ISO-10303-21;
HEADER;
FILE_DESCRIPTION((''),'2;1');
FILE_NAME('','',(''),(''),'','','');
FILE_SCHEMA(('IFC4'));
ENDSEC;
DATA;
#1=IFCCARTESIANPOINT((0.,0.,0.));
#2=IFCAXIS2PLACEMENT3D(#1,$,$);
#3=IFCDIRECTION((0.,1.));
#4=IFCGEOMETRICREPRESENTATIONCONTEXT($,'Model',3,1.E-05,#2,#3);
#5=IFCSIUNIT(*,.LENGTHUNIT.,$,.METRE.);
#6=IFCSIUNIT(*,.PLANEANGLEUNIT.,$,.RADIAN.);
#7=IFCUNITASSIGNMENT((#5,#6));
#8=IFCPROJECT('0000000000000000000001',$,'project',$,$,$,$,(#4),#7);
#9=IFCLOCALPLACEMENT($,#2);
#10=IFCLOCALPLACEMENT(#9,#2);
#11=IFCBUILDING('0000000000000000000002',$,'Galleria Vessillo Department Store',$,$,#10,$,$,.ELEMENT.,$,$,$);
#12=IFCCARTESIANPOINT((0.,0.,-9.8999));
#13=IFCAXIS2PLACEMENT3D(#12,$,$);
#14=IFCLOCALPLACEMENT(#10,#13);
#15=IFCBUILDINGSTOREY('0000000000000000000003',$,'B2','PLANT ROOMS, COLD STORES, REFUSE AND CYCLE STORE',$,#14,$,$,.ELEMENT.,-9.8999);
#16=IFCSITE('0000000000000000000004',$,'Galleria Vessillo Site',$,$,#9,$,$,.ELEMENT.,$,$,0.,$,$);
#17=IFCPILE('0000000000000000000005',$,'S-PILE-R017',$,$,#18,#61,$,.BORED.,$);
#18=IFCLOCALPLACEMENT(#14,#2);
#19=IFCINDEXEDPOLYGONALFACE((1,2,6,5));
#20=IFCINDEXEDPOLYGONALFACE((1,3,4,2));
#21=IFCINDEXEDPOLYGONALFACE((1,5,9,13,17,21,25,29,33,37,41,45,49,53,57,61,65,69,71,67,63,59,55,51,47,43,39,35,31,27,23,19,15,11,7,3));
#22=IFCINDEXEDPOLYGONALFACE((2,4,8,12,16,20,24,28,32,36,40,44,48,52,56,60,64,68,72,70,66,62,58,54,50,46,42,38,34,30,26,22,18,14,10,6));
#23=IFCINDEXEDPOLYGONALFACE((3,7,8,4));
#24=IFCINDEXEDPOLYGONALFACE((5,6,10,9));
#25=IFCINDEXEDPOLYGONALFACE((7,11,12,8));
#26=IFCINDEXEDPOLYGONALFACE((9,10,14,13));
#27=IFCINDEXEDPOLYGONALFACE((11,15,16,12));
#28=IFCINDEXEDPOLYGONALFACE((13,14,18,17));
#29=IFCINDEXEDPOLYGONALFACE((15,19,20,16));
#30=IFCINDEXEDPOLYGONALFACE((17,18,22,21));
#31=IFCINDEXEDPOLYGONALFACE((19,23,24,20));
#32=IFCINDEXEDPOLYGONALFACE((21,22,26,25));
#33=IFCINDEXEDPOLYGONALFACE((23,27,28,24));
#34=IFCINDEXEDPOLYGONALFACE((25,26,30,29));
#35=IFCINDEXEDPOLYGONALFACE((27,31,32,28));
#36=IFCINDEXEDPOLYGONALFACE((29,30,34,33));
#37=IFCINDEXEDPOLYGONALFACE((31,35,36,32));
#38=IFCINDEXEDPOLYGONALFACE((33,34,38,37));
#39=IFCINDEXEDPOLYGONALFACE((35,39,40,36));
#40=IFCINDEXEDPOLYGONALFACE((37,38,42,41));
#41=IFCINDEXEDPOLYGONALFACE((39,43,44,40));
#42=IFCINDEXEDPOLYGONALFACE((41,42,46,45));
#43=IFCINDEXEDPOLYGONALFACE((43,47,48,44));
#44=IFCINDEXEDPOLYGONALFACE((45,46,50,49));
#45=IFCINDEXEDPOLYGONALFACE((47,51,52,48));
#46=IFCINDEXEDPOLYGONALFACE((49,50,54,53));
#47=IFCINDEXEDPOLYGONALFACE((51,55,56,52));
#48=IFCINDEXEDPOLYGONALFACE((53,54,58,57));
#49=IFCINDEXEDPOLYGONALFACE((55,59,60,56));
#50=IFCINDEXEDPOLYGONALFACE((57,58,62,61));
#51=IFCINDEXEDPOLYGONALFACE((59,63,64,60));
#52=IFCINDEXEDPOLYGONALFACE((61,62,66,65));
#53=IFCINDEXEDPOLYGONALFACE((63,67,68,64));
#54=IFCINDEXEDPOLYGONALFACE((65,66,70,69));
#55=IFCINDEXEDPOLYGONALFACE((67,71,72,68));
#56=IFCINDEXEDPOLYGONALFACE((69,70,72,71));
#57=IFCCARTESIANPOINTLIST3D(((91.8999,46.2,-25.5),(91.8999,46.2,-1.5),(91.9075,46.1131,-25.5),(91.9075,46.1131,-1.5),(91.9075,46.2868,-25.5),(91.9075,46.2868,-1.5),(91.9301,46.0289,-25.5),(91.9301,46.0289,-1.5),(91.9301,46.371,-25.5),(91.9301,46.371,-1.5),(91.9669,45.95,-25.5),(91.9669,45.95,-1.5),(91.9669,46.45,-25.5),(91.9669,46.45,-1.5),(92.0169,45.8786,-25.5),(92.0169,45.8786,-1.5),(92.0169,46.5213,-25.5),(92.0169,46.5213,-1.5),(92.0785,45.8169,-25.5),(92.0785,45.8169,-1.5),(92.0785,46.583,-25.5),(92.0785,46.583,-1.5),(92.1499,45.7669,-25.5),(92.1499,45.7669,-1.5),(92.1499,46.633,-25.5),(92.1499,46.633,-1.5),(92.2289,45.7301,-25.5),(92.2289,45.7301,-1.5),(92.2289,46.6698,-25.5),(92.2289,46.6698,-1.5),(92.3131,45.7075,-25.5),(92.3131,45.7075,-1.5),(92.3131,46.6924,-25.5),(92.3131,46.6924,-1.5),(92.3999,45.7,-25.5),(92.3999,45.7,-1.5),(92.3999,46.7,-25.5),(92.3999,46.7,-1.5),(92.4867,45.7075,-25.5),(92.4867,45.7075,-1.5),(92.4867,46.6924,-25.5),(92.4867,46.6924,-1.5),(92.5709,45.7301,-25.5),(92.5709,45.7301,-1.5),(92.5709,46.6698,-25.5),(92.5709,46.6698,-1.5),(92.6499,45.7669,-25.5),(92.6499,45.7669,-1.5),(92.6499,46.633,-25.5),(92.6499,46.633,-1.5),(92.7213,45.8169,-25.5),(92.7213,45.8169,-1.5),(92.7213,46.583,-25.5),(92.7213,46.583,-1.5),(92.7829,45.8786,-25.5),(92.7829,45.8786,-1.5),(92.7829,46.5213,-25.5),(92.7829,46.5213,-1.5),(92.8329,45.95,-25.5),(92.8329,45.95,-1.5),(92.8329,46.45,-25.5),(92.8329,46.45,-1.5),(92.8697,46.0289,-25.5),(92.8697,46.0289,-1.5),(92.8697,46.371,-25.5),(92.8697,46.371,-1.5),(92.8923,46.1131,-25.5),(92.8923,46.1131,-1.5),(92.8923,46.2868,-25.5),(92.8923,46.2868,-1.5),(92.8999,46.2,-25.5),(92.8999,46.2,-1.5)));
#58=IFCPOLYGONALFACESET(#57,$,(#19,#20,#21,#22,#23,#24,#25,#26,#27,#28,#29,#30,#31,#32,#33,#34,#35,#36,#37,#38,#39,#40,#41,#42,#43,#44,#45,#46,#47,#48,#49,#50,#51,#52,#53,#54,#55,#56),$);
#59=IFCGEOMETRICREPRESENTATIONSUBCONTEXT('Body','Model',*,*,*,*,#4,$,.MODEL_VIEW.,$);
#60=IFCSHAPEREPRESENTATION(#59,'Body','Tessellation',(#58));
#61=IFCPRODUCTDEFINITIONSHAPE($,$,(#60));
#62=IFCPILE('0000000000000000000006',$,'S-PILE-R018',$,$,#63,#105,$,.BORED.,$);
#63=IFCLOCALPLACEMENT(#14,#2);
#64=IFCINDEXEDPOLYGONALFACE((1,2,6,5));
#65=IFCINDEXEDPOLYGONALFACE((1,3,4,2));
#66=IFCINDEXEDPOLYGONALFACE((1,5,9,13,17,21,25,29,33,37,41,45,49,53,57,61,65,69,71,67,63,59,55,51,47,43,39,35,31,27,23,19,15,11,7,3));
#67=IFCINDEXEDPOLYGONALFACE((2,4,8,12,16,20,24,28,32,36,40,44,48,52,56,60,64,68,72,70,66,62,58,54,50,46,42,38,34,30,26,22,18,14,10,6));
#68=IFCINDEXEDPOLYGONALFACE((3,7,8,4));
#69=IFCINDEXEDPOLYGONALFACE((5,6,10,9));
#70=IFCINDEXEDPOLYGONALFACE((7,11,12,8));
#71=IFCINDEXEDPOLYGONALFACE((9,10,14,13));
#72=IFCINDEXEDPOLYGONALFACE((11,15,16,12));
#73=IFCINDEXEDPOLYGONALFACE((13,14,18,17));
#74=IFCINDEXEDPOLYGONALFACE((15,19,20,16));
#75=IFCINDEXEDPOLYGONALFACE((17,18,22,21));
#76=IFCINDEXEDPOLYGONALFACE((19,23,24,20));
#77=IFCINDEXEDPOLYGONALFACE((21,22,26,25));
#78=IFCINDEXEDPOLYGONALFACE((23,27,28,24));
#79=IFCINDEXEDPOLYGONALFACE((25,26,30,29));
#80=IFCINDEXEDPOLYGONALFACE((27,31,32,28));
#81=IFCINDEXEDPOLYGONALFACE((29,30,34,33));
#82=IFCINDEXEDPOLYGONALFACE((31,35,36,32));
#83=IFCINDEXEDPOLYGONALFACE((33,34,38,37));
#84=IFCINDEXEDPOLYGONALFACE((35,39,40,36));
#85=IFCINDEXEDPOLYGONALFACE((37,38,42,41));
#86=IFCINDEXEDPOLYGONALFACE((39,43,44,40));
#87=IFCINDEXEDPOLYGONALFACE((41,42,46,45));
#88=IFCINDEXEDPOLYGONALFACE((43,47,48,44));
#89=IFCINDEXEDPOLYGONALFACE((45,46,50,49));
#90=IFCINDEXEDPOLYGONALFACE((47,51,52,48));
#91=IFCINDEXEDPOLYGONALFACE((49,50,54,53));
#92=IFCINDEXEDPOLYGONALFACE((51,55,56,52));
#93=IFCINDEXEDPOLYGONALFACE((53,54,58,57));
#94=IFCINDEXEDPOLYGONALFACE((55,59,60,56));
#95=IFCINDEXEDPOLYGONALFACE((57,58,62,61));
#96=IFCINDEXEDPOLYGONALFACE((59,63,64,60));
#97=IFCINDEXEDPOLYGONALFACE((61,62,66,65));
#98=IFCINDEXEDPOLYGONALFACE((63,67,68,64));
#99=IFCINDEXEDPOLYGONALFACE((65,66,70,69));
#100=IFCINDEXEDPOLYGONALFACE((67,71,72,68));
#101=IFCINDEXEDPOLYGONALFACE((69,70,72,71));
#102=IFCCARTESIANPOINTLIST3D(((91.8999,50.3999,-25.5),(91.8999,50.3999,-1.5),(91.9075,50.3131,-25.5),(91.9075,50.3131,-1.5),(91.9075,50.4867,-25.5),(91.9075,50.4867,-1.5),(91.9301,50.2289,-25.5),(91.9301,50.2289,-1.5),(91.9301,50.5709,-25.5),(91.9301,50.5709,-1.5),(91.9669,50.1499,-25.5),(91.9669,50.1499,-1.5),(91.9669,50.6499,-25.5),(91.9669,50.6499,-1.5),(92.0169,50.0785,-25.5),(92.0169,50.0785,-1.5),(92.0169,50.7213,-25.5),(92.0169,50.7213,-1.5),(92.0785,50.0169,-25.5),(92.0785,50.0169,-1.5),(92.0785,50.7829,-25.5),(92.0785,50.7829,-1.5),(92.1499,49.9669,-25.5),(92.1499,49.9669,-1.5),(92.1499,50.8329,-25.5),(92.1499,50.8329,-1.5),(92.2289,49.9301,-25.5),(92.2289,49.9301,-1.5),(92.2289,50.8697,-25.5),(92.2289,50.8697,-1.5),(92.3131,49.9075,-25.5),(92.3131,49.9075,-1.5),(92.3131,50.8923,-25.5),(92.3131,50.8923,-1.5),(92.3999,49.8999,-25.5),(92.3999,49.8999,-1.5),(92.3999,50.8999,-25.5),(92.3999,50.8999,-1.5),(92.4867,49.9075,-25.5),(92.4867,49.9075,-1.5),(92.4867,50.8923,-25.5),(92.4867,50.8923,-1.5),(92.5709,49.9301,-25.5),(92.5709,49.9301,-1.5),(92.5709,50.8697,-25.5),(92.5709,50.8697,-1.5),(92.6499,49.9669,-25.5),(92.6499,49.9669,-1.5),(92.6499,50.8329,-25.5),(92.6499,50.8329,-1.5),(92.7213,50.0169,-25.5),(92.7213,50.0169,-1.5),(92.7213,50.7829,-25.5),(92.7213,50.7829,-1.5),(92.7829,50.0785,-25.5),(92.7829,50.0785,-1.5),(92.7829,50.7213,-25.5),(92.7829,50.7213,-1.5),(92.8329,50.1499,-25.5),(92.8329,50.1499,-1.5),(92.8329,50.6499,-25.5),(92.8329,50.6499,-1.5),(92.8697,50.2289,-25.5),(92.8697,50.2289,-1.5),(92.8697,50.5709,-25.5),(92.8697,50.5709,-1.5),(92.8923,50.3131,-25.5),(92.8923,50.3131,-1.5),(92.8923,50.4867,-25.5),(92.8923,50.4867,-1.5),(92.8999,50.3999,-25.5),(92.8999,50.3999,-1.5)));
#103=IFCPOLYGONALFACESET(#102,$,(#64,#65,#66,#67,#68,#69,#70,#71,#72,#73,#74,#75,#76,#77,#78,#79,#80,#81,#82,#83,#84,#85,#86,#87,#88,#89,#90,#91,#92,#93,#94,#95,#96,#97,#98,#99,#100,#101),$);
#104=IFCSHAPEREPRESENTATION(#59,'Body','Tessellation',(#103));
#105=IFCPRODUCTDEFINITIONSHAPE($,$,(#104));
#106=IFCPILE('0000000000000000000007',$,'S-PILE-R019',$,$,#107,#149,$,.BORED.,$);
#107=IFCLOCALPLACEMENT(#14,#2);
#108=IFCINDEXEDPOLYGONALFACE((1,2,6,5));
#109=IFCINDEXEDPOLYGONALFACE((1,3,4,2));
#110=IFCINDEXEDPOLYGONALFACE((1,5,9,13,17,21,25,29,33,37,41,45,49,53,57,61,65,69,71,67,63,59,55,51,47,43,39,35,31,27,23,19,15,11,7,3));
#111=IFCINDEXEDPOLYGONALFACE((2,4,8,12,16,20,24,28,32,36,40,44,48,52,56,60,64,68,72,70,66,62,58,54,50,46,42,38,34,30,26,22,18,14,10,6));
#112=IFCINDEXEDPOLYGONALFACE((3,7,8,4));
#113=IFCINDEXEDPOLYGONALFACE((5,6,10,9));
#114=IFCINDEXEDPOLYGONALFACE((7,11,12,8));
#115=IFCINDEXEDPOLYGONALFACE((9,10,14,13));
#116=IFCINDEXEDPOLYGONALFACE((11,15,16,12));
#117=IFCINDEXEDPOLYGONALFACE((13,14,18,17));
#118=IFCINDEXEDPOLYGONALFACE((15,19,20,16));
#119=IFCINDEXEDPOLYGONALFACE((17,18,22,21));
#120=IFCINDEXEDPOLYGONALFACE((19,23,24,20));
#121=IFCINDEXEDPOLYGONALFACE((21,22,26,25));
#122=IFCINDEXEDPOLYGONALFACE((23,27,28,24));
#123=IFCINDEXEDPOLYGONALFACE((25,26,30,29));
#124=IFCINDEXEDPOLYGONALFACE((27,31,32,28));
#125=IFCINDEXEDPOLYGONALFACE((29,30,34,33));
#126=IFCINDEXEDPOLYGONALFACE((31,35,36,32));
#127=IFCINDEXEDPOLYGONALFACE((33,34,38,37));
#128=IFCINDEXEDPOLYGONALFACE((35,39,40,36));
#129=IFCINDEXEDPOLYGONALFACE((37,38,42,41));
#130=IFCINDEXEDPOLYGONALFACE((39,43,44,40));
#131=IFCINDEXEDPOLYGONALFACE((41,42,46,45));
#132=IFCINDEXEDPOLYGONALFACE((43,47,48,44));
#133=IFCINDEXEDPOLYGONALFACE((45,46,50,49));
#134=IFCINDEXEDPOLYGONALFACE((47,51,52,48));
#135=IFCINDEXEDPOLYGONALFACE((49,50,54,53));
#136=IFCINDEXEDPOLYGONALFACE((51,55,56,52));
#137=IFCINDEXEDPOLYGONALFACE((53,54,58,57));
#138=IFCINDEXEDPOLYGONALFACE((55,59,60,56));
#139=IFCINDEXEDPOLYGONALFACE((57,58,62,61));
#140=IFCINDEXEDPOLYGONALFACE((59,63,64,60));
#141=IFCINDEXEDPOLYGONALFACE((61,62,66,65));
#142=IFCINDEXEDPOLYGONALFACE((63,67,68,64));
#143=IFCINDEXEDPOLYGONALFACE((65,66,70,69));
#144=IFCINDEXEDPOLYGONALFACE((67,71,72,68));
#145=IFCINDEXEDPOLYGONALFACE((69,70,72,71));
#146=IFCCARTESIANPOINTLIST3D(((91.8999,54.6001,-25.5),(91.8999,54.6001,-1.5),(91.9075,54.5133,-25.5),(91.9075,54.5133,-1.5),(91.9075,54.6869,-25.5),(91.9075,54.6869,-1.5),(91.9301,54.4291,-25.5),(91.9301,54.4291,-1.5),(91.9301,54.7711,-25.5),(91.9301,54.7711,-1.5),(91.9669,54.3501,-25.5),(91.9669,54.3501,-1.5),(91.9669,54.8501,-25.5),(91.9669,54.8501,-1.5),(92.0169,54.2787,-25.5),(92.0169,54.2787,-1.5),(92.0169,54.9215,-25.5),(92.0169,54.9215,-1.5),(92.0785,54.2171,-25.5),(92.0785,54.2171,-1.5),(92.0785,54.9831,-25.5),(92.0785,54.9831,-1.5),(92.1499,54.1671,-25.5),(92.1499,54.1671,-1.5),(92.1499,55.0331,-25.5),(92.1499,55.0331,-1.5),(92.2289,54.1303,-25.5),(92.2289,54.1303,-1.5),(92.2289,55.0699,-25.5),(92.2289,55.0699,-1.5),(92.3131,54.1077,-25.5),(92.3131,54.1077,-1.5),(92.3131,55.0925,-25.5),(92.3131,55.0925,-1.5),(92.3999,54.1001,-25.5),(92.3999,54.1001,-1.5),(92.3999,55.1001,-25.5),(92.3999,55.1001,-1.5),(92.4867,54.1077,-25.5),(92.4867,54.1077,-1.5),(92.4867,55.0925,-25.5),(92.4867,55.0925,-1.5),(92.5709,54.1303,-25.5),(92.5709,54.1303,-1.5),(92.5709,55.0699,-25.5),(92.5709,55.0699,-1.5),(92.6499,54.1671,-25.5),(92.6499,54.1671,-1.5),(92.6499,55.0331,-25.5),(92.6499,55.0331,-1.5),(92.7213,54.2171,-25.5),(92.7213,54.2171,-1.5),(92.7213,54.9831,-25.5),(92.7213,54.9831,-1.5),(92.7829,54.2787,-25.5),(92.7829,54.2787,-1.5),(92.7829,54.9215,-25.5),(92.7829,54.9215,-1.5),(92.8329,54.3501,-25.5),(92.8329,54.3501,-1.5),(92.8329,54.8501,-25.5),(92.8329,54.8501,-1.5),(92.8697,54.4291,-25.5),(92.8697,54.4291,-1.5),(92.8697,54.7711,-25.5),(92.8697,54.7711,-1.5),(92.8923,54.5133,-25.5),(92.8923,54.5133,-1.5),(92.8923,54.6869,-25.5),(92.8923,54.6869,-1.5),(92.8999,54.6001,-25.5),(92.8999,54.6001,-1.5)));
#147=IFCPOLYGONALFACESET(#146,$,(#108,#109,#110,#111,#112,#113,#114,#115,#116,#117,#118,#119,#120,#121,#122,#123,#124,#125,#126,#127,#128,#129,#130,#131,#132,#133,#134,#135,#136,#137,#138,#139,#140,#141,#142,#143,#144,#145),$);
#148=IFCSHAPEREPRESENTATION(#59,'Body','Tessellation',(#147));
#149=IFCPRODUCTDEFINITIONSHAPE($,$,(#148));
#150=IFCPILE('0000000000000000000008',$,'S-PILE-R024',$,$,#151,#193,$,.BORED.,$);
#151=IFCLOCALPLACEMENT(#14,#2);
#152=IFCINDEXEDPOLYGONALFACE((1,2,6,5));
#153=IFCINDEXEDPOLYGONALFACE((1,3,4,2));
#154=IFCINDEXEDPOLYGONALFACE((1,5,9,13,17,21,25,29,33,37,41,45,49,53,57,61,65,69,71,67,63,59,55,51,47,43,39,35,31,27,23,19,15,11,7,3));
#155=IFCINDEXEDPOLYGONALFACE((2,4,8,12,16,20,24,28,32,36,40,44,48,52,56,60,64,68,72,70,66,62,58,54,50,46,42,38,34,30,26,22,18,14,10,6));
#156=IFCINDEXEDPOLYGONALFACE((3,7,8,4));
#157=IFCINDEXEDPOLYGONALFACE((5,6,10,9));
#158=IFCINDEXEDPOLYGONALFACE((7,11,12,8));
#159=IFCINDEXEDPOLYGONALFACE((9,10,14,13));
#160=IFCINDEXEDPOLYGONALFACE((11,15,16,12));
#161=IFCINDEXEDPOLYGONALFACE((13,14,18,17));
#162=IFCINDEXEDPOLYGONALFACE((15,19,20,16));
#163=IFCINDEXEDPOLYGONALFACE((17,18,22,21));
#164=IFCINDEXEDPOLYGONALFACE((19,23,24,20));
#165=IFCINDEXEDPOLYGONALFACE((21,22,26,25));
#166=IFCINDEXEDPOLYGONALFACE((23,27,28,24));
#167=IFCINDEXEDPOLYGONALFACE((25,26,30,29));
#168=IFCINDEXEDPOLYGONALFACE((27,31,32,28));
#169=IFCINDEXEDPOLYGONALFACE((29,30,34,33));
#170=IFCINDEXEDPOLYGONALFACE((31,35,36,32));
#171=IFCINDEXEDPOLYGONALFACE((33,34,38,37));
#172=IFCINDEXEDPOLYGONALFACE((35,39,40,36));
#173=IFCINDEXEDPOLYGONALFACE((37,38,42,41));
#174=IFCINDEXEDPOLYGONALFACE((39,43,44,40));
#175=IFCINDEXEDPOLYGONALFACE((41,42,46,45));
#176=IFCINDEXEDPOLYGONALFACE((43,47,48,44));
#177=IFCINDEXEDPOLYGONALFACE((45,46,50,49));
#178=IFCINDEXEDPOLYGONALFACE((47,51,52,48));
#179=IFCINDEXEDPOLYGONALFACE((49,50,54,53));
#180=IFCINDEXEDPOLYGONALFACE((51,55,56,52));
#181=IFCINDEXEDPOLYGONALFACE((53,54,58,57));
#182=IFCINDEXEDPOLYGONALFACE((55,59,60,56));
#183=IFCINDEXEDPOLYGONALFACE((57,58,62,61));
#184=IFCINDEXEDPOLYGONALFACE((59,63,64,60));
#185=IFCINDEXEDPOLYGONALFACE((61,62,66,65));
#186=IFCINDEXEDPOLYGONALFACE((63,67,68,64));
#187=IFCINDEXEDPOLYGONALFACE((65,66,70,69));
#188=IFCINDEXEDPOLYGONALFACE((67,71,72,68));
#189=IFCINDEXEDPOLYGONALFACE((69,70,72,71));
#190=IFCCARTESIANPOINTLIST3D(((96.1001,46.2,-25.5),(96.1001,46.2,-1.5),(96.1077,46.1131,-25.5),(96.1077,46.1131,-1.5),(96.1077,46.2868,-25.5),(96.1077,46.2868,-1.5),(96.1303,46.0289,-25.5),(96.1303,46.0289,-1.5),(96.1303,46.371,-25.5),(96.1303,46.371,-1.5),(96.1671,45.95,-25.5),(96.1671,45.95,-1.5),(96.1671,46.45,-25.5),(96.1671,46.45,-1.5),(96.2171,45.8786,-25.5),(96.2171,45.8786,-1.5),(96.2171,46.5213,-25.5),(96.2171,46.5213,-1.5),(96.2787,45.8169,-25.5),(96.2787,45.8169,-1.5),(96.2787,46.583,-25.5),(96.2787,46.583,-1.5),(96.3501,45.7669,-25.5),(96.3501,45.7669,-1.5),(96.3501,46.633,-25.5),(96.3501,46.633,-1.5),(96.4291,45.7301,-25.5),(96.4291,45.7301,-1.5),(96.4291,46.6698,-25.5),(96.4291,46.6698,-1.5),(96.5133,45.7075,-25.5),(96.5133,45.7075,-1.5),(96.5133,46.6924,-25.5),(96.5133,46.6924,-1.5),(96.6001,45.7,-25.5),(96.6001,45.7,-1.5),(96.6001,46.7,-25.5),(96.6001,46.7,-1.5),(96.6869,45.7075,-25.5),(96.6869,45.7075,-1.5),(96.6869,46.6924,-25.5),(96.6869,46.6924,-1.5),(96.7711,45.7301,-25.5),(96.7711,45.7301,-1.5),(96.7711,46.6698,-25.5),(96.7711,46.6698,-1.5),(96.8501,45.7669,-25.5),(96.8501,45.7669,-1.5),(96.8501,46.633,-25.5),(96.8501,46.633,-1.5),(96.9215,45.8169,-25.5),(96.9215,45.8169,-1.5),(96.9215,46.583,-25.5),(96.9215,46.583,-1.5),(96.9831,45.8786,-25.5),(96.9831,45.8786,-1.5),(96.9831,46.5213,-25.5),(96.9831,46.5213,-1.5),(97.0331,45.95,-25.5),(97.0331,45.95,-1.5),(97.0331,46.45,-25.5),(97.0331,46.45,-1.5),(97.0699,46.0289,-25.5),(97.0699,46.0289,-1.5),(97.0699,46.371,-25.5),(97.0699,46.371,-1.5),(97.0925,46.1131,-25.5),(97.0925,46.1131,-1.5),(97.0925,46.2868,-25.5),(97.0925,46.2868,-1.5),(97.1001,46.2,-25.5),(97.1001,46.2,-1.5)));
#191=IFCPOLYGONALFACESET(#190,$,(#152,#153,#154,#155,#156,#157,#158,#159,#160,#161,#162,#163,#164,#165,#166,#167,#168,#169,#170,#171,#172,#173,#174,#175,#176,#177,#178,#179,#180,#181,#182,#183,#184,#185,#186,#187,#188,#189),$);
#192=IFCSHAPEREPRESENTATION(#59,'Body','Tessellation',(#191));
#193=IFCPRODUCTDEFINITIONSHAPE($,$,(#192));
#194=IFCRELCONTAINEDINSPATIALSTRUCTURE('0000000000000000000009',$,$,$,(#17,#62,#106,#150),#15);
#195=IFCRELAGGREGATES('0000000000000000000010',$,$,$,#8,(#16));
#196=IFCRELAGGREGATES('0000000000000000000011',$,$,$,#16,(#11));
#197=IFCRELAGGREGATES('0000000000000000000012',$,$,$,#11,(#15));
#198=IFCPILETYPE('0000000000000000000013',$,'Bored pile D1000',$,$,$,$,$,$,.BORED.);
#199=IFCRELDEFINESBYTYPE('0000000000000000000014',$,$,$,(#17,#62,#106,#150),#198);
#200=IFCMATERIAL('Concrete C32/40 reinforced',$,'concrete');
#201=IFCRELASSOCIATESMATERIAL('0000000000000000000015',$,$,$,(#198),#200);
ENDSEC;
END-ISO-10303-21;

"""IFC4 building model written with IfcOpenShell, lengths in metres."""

from ifc_helpers import new_model, si_unit, direction, frame, origin, origin_2d, place, context, subcontext, project, spatial, circle, extrude, material, material_profile, profile_set, type_object, element, save


model = new_model("IFC4")

# Units and contexts
model_context = context("Model", 3, precision=1e-05, world=origin(), true_north=direction((0.0, 1.0)))
body_context = subcontext(model_context, "Body", "Model", "MODEL_VIEW")
ifc_project = project(units=[si_unit("LENGTHUNIT", "METRE"), si_unit("PLANEANGLEUNIT", "RADIAN")], contexts=[model_context])

# Site, building, storey
site_placement = place(None, origin())
site = spatial("IfcSite", under=ifc_project, at=site_placement, Name="Galleria Vessillo Site", CompositionType="ELEMENT", RefElevation=0.0)
building_placement = place(site_placement, origin())
building = spatial("IfcBuilding", under=site, at=building_placement, Name="Galleria Vessillo Department Store", CompositionType="ELEMENT")
storey_placement = place(building_placement, frame((0.0, 0.0, -9.8999)))
storey = spatial("IfcBuildingStorey", under=building, at=storey_placement, Name="B2", Description="PLANT ROOMS, COLD STORES, REFUSE AND CYCLE STORE", CompositionType="ELEMENT", Elevation=-9.8999)

# Piles
ifc_material_1 = material(Name="Concrete C32/40 reinforced", Category="concrete")
ifc_material_profile_1 = material_profile(ifc_material_1, circle(Radius=0.5, at=origin_2d()), Name="Bored pile D1000")
ifc_profile_set_1 = profile_set([ifc_material_profile_1], Name="Concrete C32/40 reinforced")
pile_type = type_object("IfcPileType", Name="Bored pile D1000", PredefinedType="BORED", material=ifc_profile_set_1)
for number, where, z_axis, x_axis, name in (
    (1, (92.3999, 46.2, -1.5), (0.0, 0.0, -1.0), (1.0, 0.0, 0.0), "S-PILE-R017"),
    (2, (92.3999, 50.3999, -1.5), (0.0, 0.0, -1.0), (1.0, 0.0, 0.0), "S-PILE-R018"),
    (3, (92.3999, 54.6001, -1.5), (0.0, 0.0, -1.0), (1.0, 0.0, 0.0), "S-PILE-R019"),
    (4, (96.6001, 46.2, -1.5), (0.0, 0.0, -1.0), (1.0, 0.0, 0.0), "S-PILE-R024"),
):
    element("IfcPile", number, at=place(storey_placement, frame(where, z_axis=z_axis, x_axis=x_axis)), inside=storey, type_object=pile_type, Name=name, PredefinedType="BORED", context=body_context, shape_type="SweptSolid", body=[
        extrude(circle(Radius=0.5, at=origin_2d()), origin(), (0.0, 0.0, 1.0), 24.0),
    ])

save(model, "model.ifc")
